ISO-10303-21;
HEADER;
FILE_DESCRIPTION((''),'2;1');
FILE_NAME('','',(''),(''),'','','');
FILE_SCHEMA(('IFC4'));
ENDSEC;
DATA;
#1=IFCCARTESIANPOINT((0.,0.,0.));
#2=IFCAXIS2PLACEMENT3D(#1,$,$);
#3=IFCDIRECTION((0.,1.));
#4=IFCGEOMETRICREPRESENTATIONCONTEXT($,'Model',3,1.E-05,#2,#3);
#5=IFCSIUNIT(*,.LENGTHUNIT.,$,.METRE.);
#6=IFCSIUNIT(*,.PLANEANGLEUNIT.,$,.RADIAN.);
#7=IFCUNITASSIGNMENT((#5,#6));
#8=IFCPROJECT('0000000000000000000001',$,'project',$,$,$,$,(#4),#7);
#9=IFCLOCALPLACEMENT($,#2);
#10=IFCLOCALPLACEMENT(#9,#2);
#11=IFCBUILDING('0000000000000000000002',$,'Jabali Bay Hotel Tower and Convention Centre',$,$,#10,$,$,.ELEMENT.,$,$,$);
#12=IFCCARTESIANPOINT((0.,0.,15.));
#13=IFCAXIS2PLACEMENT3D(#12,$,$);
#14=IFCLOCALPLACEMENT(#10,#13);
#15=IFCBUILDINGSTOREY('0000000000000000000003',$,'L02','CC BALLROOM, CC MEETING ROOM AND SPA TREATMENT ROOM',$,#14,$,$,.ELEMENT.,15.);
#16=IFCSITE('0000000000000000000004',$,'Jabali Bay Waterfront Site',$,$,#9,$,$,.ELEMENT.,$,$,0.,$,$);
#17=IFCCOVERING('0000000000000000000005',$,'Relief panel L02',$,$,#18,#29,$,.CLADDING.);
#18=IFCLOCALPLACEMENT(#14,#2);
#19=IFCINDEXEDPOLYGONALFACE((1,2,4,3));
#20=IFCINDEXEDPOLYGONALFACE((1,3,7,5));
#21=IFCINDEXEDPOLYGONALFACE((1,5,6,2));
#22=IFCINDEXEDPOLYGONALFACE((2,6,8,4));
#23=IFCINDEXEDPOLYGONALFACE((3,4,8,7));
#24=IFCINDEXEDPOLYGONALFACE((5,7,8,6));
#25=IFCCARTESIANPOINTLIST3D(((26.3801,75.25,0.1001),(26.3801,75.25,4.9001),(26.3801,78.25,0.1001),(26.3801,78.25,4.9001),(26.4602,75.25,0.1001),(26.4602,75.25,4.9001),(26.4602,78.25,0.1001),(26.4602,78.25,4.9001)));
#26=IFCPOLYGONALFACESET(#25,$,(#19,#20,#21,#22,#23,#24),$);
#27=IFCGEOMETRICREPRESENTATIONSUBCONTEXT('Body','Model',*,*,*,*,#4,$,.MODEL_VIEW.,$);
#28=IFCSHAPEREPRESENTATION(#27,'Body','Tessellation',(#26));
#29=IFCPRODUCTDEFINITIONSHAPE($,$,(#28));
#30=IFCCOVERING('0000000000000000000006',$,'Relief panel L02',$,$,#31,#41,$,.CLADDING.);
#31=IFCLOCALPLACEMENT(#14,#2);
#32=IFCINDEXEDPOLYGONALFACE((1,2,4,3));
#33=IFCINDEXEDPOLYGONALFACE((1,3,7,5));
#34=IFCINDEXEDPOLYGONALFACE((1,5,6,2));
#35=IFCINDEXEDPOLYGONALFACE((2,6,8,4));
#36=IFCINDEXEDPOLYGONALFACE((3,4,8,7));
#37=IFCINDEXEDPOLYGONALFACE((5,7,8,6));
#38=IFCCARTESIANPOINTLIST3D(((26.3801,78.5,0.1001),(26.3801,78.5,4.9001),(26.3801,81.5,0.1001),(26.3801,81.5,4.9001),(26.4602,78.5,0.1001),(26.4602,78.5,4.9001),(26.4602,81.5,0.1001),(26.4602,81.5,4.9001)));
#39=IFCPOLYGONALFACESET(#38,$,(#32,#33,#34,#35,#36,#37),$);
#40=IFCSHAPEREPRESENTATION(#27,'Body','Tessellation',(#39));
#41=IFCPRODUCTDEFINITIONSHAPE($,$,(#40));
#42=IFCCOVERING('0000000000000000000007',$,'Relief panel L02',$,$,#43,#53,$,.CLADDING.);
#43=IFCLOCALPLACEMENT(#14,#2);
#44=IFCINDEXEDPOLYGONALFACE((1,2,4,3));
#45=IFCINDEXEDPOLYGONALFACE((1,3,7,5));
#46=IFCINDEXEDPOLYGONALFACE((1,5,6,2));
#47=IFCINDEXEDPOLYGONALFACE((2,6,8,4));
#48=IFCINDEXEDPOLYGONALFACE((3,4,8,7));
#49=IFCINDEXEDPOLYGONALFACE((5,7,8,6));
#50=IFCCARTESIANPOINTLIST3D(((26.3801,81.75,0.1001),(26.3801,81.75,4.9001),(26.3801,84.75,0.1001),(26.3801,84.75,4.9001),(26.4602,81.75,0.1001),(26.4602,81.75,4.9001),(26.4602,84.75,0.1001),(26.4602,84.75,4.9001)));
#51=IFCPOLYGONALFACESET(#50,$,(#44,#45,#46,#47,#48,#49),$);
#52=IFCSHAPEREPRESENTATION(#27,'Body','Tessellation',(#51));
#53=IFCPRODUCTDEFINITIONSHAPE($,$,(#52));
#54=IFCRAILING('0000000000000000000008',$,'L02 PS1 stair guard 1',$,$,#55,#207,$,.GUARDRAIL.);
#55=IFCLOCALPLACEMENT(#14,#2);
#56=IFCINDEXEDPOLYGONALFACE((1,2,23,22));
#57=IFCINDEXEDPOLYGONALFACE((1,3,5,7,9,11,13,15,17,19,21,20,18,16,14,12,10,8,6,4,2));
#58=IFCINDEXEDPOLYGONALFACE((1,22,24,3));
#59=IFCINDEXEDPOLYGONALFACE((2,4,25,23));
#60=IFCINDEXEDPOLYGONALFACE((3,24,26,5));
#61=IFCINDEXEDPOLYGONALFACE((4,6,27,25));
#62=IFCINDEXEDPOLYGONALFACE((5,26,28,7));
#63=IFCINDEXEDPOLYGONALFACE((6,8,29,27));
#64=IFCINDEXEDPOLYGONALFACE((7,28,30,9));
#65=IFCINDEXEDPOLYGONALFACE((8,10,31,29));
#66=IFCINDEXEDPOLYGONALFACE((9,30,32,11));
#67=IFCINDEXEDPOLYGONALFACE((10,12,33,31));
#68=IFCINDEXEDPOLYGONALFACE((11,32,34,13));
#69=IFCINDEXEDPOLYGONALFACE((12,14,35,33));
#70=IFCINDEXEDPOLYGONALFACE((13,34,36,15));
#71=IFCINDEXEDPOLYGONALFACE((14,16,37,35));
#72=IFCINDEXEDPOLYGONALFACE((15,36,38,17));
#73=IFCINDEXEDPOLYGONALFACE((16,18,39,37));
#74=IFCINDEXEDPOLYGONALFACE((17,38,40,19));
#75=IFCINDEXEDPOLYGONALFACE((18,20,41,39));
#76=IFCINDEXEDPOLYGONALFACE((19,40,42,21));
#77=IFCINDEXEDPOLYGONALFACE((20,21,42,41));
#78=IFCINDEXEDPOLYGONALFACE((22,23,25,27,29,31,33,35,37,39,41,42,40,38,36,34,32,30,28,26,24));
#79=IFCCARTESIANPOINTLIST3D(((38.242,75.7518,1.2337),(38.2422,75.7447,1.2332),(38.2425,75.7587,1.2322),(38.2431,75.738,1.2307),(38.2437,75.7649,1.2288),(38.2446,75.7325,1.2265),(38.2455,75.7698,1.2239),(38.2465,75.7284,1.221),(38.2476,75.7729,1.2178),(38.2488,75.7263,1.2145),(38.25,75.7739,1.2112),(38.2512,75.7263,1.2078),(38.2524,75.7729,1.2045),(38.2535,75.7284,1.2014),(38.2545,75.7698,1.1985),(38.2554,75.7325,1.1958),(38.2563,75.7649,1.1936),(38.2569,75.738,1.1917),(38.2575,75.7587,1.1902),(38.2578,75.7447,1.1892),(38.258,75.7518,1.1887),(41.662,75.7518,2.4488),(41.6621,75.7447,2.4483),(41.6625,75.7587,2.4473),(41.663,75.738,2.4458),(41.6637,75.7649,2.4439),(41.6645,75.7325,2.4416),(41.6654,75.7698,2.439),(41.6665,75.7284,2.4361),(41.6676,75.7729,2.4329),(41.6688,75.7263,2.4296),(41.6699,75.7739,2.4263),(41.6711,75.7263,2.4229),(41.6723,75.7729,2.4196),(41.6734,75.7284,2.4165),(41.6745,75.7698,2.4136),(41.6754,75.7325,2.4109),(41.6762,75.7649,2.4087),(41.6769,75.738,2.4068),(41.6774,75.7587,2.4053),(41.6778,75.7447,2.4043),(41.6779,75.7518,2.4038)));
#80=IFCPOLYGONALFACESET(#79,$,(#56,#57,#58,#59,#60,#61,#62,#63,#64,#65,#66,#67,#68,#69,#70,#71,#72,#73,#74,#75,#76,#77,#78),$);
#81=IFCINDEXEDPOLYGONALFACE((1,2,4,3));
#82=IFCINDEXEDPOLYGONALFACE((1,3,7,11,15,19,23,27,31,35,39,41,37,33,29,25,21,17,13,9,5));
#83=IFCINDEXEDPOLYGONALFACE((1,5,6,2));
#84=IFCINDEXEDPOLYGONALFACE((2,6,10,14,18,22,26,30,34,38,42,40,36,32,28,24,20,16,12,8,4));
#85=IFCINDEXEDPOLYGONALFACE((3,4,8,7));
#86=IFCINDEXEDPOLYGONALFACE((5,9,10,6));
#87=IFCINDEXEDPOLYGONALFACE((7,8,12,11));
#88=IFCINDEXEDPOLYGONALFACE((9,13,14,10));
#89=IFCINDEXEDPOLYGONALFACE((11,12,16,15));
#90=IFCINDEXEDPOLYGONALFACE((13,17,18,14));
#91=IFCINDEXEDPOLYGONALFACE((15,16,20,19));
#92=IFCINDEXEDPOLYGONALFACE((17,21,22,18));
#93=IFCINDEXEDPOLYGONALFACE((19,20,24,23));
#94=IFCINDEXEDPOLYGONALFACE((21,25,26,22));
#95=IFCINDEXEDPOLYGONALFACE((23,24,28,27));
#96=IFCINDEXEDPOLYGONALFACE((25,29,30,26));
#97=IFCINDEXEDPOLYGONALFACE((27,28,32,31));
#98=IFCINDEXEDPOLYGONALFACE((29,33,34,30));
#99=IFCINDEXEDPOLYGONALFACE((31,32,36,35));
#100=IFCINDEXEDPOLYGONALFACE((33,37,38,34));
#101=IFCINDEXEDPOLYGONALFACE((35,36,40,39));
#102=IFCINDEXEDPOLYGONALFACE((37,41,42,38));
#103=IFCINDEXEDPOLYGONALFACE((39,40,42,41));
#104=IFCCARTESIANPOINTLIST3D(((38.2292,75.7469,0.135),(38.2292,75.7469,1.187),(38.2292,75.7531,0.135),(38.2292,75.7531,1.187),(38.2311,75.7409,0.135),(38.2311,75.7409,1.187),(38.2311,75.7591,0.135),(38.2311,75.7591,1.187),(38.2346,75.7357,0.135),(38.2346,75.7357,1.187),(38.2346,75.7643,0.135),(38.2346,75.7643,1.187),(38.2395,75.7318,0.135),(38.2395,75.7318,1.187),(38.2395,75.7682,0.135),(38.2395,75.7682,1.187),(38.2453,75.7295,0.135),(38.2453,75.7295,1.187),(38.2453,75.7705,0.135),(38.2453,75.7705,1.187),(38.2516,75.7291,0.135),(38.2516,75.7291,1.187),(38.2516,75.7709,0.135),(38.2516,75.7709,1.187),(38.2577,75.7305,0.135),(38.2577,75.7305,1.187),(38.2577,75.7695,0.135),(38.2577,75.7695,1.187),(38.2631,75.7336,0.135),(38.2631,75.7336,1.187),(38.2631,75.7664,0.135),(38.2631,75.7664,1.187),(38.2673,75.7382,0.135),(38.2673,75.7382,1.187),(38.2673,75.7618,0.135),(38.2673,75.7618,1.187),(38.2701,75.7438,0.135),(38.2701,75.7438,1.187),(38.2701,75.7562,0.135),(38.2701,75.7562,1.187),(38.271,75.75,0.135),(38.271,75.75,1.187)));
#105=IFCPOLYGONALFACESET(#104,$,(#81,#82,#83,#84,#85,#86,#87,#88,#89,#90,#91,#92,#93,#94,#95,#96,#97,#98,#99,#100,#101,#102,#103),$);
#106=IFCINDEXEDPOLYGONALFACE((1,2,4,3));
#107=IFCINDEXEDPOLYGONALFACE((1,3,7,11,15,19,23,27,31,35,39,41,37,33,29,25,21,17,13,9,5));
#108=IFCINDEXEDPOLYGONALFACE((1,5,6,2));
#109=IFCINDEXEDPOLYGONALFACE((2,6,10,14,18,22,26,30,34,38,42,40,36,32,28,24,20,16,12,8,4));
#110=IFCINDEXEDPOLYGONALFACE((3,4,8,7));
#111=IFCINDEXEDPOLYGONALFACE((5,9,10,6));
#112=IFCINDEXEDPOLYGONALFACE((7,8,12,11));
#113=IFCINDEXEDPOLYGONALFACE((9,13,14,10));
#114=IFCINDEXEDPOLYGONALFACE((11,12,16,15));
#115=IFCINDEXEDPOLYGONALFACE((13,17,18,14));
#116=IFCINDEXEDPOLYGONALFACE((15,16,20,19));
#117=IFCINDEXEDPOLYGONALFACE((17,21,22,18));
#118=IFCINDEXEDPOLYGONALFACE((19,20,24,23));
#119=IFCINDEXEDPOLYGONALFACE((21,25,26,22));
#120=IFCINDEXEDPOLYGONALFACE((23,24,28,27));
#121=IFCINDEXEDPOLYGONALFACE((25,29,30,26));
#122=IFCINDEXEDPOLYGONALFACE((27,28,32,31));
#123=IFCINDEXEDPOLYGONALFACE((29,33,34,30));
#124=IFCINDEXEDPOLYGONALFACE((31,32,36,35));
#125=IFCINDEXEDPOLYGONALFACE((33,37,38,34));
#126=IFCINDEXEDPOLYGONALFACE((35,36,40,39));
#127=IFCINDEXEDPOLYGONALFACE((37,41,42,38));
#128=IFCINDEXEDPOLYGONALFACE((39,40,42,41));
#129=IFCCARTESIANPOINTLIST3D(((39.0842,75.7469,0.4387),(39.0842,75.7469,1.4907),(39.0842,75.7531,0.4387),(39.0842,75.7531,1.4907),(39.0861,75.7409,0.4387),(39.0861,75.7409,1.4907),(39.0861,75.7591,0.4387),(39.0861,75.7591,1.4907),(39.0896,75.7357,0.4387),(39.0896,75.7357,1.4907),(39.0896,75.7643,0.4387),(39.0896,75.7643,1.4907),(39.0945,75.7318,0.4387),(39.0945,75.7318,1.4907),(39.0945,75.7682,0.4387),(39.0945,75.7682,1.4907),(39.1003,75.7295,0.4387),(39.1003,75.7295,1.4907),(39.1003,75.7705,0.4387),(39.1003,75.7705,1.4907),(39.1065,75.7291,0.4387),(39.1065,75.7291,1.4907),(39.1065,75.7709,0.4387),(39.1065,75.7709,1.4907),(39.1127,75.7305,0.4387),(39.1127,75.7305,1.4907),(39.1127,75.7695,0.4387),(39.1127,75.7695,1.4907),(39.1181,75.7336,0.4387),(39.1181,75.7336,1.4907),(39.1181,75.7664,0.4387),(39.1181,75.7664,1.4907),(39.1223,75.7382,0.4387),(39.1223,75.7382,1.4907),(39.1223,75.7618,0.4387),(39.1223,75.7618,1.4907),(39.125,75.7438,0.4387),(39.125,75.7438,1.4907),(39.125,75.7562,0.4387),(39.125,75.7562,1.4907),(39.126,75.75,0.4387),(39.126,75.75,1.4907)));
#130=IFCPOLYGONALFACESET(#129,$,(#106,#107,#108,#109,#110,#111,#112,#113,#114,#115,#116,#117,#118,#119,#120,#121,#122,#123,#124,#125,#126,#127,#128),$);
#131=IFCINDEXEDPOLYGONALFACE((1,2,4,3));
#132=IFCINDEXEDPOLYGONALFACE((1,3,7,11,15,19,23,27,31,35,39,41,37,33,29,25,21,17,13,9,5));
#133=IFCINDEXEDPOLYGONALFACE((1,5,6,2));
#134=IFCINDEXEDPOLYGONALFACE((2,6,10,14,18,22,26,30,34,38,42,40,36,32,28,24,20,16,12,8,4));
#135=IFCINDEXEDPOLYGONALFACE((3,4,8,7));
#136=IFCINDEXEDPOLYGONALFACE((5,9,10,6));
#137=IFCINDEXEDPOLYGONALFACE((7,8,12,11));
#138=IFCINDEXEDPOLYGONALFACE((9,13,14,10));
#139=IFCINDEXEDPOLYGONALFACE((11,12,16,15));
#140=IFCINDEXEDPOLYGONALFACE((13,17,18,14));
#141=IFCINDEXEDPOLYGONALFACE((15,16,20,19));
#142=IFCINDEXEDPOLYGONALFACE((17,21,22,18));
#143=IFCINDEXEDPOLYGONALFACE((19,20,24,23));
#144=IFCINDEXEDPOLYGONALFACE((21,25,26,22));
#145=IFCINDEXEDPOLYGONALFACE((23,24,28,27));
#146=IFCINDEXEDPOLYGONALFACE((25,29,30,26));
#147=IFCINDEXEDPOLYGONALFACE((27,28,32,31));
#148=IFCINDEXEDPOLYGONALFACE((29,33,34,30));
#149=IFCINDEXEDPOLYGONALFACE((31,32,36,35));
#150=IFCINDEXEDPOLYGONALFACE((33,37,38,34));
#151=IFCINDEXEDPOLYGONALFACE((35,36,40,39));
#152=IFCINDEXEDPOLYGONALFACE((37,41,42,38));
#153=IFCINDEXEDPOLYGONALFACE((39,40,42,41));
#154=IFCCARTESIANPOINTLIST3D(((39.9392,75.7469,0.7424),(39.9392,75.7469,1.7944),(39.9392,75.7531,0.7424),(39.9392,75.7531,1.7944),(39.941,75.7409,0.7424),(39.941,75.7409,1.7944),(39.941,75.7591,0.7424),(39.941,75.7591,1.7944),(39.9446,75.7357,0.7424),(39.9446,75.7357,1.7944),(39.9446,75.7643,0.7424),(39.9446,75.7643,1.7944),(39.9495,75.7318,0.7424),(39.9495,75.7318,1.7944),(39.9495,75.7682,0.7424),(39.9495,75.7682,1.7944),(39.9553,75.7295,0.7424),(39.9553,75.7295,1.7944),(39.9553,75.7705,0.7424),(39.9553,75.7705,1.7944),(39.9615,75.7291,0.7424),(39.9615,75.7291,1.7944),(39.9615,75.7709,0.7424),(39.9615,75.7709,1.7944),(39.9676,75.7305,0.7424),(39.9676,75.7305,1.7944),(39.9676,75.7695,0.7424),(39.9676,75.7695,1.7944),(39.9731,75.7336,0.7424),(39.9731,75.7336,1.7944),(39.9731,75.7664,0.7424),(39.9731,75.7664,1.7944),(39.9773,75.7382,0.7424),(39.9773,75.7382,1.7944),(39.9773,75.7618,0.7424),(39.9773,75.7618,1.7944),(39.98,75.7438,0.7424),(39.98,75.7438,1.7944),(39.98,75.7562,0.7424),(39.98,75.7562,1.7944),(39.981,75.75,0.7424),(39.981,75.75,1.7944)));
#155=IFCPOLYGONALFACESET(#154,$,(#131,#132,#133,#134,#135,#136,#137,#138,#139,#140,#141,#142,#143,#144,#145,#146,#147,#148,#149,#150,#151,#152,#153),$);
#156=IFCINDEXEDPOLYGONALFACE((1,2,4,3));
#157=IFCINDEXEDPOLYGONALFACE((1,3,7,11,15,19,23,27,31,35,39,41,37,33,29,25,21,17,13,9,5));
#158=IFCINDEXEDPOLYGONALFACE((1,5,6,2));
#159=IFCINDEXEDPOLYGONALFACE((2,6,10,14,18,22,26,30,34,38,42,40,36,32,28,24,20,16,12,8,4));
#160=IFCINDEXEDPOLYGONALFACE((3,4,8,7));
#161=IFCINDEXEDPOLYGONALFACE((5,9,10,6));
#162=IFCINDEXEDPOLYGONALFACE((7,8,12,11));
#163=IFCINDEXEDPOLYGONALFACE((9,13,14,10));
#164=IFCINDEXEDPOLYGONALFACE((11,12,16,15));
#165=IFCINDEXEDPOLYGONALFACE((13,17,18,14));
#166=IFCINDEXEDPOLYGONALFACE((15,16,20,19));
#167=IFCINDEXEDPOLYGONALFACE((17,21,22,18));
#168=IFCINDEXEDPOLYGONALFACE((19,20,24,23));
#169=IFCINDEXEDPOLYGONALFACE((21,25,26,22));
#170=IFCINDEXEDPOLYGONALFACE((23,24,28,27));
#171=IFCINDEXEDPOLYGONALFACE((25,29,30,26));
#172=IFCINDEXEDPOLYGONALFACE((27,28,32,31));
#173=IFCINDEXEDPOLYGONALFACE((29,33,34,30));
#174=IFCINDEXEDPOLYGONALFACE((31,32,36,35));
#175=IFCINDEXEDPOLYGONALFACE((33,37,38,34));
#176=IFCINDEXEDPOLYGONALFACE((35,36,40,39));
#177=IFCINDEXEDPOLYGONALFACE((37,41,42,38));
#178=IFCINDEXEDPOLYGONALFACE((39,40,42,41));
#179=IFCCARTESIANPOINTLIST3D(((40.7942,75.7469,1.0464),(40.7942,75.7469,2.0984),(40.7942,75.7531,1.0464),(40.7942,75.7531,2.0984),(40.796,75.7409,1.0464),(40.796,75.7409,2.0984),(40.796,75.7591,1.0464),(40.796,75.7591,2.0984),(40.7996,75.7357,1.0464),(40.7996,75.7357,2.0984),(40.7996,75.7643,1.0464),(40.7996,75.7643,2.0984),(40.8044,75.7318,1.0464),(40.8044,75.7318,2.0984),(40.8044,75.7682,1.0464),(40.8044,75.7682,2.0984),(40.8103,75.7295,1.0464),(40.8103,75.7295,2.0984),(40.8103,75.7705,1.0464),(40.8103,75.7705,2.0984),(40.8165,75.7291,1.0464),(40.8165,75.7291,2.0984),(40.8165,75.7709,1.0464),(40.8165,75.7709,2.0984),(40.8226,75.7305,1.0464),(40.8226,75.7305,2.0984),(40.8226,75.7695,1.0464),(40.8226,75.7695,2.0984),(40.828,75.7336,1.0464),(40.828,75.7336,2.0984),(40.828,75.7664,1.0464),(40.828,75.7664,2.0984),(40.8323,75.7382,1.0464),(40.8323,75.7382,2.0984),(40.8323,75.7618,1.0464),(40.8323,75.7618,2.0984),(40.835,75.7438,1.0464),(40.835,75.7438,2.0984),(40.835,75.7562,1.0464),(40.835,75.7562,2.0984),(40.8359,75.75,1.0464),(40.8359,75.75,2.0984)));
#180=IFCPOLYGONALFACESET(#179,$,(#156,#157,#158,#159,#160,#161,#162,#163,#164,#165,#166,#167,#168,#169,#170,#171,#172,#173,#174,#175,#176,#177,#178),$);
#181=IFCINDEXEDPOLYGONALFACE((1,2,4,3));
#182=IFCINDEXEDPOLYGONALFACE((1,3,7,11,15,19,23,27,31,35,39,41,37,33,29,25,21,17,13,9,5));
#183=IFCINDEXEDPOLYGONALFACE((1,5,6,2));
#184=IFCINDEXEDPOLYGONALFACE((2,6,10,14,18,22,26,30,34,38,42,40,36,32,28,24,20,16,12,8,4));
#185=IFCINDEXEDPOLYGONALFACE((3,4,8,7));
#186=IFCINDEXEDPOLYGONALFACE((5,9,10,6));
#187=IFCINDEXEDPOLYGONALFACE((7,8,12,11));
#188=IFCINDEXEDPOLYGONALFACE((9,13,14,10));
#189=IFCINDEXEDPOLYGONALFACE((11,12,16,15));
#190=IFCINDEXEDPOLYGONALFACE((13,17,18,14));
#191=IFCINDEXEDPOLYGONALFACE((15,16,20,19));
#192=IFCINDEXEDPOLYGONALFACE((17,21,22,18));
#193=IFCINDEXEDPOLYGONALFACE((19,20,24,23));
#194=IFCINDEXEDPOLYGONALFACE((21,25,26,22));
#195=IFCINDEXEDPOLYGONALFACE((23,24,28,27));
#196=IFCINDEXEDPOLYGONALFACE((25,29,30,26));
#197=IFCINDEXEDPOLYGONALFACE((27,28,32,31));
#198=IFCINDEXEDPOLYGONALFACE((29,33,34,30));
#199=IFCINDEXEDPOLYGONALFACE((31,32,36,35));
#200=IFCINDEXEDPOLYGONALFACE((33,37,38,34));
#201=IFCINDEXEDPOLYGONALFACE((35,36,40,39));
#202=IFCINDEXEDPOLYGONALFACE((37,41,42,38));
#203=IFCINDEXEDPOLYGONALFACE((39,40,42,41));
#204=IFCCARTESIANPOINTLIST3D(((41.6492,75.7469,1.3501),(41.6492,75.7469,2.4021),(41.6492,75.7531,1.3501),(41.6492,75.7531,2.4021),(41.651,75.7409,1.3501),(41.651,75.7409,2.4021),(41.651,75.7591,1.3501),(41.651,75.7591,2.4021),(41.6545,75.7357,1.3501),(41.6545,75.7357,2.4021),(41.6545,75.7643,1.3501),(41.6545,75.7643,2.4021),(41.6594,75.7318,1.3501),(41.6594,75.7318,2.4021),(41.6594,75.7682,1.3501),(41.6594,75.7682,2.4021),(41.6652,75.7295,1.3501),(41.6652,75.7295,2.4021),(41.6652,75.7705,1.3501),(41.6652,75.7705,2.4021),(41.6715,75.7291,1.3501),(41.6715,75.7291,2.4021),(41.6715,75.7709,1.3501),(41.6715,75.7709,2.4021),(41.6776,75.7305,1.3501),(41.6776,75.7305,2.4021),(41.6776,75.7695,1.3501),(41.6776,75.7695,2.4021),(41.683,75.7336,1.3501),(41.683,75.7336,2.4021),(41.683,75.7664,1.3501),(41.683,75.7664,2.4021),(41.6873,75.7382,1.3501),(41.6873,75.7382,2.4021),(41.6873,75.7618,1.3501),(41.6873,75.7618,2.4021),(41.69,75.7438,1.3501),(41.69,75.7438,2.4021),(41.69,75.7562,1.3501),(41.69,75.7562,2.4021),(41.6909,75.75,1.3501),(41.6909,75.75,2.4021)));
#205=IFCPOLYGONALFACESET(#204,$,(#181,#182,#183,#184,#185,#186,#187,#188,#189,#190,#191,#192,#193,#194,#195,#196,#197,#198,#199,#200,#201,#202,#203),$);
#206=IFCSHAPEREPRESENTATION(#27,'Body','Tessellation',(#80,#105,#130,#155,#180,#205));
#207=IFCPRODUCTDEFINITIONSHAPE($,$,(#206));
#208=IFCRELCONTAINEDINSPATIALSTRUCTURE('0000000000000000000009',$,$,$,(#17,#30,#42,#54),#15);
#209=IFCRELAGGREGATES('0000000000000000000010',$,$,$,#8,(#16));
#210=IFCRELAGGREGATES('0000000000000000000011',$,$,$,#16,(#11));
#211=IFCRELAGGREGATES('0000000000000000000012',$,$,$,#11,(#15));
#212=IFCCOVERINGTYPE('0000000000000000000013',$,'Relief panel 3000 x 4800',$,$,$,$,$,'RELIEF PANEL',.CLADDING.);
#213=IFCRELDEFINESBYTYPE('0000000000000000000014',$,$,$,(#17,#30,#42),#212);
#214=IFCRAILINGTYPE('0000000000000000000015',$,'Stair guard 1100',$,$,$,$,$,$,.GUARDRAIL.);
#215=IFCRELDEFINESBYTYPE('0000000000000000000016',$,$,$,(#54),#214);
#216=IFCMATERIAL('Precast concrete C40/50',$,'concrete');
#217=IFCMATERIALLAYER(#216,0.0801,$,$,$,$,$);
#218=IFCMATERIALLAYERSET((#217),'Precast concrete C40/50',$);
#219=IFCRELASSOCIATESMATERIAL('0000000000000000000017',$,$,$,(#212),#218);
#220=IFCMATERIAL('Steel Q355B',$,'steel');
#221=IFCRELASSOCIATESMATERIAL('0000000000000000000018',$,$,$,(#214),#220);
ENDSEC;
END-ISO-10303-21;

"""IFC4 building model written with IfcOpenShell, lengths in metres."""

from ifc_helpers import new_model, si_unit, direction, frame, origin, origin_2d, place, context, subcontext, project, spatial, rectangle, circle, extrude, material, layer, layer_set, type_object, element, save


model = new_model("IFC4")

# Units and contexts
model_context = context("Model", 3, precision=1e-05, world=origin(), true_north=direction((0.0, 1.0)))
body_context = subcontext(model_context, "Body", "Model", "MODEL_VIEW")
ifc_project = project(units=[si_unit("LENGTHUNIT", "METRE"), si_unit("PLANEANGLEUNIT", "RADIAN")], contexts=[model_context])

# Site, building, storey
site_placement = place(None, origin())
site = spatial("IfcSite", under=ifc_project, at=site_placement, Name="Jabali Bay Waterfront Site", CompositionType="ELEMENT", RefElevation=0.0)
building_placement = place(site_placement, origin())
building = spatial("IfcBuilding", under=site, at=building_placement, Name="Jabali Bay Hotel Tower and Convention Centre", CompositionType="ELEMENT")
storey_placement = place(building_placement, frame((0.0, 0.0, 15.0)))
storey = spatial("IfcBuildingStorey", under=building, at=storey_placement, Name="L02", Description="CC BALLROOM, CC MEETING ROOM AND SPA TREATMENT ROOM", CompositionType="ELEMENT", Elevation=15.0)

# Coverings
ifc_material_1 = material(Name="Precast concrete C40/50", Category="concrete")
ifc_layer_1 = layer(ifc_material_1, 0.0801)
ifc_layer_set_1 = layer_set([ifc_layer_1], Name="Precast concrete C40/50")
covering_type = type_object("IfcCoveringType", Name="Relief panel 3000 x 4800", ElementType="RELIEF PANEL", PredefinedType="CLADDING", material=ifc_layer_set_1)
for number, where, z_axis, x_axis, name in (
    (1, (26.4202, 76.75, 0.1001), (0.0, 0.0, 1.0), (0.0, 1.0, 0.0), "Relief panel L02"),
    (2, (26.4202, 80.0, 0.1001), (0.0, 0.0, 1.0), (0.0, 1.0, 0.0), "Relief panel L02"),
    (3, (26.4202, 83.25, 0.1001), (0.0, 0.0, 1.0), (0.0, 1.0, 0.0), "Relief panel L02"),
):
    element("IfcCovering", number, at=place(storey_placement, frame(where, z_axis=z_axis, x_axis=x_axis)), inside=storey, type_object=covering_type, Name=name, PredefinedType="CLADDING", context=body_context, shape_type="SweptSolid", body=[
        extrude(rectangle(XDim=3.0, YDim=0.0801, at=origin_2d()), origin(), (0.0, 0.0, 1.0), 4.8),
    ])

# Railing
ifc_material_2 = material(Name="Steel Q355B", Category="steel")
railing_type_1 = type_object("IfcRailingType", Name="Stair guard 1100", PredefinedType="GUARDRAIL", material=ifc_material_2)
railing_1_placement = place(storey_placement, frame((38.25, 75.75, 0.135)))
element("IfcRailing", 4, at=railing_1_placement, inside=storey, type_object=railing_type_1, Name="L02 PS1 stair guard 1", PredefinedType="GUARDRAIL", context=body_context, shape_type="SweptSolid", body=[
    extrude(circle(Radius=0.0239, at=origin_2d()), frame((0.0, 0.0, 1.0762), z_axis=(0.942292, 0.0, 0.334793), x_axis=(0.0, 1.0, 0.0)), (0.0, 0.0, 1.0), 3.6294),
    extrude(circle(Radius=0.021, at=origin_2d()), origin(), (0.0, 0.0, 1.0), 1.052),
    extrude(circle(Radius=0.021, at=origin_2d()), frame((0.855, 0.0, 0.3037)), (0.0, 0.0, 1.0), 1.052),
    extrude(circle(Radius=0.021, at=origin_2d()), frame((1.71, 0.0, 0.6074)), (0.0, 0.0, 1.0), 1.052),
    extrude(circle(Radius=0.021, at=origin_2d()), frame((2.5649, 0.0, 0.9114)), (0.0, 0.0, 1.0), 1.052),
    extrude(circle(Radius=0.021, at=origin_2d()), frame((3.4199, 0.0, 1.2151)), (0.0, 0.0, 1.0), 1.052),
])

save(model, "model.ifc")
